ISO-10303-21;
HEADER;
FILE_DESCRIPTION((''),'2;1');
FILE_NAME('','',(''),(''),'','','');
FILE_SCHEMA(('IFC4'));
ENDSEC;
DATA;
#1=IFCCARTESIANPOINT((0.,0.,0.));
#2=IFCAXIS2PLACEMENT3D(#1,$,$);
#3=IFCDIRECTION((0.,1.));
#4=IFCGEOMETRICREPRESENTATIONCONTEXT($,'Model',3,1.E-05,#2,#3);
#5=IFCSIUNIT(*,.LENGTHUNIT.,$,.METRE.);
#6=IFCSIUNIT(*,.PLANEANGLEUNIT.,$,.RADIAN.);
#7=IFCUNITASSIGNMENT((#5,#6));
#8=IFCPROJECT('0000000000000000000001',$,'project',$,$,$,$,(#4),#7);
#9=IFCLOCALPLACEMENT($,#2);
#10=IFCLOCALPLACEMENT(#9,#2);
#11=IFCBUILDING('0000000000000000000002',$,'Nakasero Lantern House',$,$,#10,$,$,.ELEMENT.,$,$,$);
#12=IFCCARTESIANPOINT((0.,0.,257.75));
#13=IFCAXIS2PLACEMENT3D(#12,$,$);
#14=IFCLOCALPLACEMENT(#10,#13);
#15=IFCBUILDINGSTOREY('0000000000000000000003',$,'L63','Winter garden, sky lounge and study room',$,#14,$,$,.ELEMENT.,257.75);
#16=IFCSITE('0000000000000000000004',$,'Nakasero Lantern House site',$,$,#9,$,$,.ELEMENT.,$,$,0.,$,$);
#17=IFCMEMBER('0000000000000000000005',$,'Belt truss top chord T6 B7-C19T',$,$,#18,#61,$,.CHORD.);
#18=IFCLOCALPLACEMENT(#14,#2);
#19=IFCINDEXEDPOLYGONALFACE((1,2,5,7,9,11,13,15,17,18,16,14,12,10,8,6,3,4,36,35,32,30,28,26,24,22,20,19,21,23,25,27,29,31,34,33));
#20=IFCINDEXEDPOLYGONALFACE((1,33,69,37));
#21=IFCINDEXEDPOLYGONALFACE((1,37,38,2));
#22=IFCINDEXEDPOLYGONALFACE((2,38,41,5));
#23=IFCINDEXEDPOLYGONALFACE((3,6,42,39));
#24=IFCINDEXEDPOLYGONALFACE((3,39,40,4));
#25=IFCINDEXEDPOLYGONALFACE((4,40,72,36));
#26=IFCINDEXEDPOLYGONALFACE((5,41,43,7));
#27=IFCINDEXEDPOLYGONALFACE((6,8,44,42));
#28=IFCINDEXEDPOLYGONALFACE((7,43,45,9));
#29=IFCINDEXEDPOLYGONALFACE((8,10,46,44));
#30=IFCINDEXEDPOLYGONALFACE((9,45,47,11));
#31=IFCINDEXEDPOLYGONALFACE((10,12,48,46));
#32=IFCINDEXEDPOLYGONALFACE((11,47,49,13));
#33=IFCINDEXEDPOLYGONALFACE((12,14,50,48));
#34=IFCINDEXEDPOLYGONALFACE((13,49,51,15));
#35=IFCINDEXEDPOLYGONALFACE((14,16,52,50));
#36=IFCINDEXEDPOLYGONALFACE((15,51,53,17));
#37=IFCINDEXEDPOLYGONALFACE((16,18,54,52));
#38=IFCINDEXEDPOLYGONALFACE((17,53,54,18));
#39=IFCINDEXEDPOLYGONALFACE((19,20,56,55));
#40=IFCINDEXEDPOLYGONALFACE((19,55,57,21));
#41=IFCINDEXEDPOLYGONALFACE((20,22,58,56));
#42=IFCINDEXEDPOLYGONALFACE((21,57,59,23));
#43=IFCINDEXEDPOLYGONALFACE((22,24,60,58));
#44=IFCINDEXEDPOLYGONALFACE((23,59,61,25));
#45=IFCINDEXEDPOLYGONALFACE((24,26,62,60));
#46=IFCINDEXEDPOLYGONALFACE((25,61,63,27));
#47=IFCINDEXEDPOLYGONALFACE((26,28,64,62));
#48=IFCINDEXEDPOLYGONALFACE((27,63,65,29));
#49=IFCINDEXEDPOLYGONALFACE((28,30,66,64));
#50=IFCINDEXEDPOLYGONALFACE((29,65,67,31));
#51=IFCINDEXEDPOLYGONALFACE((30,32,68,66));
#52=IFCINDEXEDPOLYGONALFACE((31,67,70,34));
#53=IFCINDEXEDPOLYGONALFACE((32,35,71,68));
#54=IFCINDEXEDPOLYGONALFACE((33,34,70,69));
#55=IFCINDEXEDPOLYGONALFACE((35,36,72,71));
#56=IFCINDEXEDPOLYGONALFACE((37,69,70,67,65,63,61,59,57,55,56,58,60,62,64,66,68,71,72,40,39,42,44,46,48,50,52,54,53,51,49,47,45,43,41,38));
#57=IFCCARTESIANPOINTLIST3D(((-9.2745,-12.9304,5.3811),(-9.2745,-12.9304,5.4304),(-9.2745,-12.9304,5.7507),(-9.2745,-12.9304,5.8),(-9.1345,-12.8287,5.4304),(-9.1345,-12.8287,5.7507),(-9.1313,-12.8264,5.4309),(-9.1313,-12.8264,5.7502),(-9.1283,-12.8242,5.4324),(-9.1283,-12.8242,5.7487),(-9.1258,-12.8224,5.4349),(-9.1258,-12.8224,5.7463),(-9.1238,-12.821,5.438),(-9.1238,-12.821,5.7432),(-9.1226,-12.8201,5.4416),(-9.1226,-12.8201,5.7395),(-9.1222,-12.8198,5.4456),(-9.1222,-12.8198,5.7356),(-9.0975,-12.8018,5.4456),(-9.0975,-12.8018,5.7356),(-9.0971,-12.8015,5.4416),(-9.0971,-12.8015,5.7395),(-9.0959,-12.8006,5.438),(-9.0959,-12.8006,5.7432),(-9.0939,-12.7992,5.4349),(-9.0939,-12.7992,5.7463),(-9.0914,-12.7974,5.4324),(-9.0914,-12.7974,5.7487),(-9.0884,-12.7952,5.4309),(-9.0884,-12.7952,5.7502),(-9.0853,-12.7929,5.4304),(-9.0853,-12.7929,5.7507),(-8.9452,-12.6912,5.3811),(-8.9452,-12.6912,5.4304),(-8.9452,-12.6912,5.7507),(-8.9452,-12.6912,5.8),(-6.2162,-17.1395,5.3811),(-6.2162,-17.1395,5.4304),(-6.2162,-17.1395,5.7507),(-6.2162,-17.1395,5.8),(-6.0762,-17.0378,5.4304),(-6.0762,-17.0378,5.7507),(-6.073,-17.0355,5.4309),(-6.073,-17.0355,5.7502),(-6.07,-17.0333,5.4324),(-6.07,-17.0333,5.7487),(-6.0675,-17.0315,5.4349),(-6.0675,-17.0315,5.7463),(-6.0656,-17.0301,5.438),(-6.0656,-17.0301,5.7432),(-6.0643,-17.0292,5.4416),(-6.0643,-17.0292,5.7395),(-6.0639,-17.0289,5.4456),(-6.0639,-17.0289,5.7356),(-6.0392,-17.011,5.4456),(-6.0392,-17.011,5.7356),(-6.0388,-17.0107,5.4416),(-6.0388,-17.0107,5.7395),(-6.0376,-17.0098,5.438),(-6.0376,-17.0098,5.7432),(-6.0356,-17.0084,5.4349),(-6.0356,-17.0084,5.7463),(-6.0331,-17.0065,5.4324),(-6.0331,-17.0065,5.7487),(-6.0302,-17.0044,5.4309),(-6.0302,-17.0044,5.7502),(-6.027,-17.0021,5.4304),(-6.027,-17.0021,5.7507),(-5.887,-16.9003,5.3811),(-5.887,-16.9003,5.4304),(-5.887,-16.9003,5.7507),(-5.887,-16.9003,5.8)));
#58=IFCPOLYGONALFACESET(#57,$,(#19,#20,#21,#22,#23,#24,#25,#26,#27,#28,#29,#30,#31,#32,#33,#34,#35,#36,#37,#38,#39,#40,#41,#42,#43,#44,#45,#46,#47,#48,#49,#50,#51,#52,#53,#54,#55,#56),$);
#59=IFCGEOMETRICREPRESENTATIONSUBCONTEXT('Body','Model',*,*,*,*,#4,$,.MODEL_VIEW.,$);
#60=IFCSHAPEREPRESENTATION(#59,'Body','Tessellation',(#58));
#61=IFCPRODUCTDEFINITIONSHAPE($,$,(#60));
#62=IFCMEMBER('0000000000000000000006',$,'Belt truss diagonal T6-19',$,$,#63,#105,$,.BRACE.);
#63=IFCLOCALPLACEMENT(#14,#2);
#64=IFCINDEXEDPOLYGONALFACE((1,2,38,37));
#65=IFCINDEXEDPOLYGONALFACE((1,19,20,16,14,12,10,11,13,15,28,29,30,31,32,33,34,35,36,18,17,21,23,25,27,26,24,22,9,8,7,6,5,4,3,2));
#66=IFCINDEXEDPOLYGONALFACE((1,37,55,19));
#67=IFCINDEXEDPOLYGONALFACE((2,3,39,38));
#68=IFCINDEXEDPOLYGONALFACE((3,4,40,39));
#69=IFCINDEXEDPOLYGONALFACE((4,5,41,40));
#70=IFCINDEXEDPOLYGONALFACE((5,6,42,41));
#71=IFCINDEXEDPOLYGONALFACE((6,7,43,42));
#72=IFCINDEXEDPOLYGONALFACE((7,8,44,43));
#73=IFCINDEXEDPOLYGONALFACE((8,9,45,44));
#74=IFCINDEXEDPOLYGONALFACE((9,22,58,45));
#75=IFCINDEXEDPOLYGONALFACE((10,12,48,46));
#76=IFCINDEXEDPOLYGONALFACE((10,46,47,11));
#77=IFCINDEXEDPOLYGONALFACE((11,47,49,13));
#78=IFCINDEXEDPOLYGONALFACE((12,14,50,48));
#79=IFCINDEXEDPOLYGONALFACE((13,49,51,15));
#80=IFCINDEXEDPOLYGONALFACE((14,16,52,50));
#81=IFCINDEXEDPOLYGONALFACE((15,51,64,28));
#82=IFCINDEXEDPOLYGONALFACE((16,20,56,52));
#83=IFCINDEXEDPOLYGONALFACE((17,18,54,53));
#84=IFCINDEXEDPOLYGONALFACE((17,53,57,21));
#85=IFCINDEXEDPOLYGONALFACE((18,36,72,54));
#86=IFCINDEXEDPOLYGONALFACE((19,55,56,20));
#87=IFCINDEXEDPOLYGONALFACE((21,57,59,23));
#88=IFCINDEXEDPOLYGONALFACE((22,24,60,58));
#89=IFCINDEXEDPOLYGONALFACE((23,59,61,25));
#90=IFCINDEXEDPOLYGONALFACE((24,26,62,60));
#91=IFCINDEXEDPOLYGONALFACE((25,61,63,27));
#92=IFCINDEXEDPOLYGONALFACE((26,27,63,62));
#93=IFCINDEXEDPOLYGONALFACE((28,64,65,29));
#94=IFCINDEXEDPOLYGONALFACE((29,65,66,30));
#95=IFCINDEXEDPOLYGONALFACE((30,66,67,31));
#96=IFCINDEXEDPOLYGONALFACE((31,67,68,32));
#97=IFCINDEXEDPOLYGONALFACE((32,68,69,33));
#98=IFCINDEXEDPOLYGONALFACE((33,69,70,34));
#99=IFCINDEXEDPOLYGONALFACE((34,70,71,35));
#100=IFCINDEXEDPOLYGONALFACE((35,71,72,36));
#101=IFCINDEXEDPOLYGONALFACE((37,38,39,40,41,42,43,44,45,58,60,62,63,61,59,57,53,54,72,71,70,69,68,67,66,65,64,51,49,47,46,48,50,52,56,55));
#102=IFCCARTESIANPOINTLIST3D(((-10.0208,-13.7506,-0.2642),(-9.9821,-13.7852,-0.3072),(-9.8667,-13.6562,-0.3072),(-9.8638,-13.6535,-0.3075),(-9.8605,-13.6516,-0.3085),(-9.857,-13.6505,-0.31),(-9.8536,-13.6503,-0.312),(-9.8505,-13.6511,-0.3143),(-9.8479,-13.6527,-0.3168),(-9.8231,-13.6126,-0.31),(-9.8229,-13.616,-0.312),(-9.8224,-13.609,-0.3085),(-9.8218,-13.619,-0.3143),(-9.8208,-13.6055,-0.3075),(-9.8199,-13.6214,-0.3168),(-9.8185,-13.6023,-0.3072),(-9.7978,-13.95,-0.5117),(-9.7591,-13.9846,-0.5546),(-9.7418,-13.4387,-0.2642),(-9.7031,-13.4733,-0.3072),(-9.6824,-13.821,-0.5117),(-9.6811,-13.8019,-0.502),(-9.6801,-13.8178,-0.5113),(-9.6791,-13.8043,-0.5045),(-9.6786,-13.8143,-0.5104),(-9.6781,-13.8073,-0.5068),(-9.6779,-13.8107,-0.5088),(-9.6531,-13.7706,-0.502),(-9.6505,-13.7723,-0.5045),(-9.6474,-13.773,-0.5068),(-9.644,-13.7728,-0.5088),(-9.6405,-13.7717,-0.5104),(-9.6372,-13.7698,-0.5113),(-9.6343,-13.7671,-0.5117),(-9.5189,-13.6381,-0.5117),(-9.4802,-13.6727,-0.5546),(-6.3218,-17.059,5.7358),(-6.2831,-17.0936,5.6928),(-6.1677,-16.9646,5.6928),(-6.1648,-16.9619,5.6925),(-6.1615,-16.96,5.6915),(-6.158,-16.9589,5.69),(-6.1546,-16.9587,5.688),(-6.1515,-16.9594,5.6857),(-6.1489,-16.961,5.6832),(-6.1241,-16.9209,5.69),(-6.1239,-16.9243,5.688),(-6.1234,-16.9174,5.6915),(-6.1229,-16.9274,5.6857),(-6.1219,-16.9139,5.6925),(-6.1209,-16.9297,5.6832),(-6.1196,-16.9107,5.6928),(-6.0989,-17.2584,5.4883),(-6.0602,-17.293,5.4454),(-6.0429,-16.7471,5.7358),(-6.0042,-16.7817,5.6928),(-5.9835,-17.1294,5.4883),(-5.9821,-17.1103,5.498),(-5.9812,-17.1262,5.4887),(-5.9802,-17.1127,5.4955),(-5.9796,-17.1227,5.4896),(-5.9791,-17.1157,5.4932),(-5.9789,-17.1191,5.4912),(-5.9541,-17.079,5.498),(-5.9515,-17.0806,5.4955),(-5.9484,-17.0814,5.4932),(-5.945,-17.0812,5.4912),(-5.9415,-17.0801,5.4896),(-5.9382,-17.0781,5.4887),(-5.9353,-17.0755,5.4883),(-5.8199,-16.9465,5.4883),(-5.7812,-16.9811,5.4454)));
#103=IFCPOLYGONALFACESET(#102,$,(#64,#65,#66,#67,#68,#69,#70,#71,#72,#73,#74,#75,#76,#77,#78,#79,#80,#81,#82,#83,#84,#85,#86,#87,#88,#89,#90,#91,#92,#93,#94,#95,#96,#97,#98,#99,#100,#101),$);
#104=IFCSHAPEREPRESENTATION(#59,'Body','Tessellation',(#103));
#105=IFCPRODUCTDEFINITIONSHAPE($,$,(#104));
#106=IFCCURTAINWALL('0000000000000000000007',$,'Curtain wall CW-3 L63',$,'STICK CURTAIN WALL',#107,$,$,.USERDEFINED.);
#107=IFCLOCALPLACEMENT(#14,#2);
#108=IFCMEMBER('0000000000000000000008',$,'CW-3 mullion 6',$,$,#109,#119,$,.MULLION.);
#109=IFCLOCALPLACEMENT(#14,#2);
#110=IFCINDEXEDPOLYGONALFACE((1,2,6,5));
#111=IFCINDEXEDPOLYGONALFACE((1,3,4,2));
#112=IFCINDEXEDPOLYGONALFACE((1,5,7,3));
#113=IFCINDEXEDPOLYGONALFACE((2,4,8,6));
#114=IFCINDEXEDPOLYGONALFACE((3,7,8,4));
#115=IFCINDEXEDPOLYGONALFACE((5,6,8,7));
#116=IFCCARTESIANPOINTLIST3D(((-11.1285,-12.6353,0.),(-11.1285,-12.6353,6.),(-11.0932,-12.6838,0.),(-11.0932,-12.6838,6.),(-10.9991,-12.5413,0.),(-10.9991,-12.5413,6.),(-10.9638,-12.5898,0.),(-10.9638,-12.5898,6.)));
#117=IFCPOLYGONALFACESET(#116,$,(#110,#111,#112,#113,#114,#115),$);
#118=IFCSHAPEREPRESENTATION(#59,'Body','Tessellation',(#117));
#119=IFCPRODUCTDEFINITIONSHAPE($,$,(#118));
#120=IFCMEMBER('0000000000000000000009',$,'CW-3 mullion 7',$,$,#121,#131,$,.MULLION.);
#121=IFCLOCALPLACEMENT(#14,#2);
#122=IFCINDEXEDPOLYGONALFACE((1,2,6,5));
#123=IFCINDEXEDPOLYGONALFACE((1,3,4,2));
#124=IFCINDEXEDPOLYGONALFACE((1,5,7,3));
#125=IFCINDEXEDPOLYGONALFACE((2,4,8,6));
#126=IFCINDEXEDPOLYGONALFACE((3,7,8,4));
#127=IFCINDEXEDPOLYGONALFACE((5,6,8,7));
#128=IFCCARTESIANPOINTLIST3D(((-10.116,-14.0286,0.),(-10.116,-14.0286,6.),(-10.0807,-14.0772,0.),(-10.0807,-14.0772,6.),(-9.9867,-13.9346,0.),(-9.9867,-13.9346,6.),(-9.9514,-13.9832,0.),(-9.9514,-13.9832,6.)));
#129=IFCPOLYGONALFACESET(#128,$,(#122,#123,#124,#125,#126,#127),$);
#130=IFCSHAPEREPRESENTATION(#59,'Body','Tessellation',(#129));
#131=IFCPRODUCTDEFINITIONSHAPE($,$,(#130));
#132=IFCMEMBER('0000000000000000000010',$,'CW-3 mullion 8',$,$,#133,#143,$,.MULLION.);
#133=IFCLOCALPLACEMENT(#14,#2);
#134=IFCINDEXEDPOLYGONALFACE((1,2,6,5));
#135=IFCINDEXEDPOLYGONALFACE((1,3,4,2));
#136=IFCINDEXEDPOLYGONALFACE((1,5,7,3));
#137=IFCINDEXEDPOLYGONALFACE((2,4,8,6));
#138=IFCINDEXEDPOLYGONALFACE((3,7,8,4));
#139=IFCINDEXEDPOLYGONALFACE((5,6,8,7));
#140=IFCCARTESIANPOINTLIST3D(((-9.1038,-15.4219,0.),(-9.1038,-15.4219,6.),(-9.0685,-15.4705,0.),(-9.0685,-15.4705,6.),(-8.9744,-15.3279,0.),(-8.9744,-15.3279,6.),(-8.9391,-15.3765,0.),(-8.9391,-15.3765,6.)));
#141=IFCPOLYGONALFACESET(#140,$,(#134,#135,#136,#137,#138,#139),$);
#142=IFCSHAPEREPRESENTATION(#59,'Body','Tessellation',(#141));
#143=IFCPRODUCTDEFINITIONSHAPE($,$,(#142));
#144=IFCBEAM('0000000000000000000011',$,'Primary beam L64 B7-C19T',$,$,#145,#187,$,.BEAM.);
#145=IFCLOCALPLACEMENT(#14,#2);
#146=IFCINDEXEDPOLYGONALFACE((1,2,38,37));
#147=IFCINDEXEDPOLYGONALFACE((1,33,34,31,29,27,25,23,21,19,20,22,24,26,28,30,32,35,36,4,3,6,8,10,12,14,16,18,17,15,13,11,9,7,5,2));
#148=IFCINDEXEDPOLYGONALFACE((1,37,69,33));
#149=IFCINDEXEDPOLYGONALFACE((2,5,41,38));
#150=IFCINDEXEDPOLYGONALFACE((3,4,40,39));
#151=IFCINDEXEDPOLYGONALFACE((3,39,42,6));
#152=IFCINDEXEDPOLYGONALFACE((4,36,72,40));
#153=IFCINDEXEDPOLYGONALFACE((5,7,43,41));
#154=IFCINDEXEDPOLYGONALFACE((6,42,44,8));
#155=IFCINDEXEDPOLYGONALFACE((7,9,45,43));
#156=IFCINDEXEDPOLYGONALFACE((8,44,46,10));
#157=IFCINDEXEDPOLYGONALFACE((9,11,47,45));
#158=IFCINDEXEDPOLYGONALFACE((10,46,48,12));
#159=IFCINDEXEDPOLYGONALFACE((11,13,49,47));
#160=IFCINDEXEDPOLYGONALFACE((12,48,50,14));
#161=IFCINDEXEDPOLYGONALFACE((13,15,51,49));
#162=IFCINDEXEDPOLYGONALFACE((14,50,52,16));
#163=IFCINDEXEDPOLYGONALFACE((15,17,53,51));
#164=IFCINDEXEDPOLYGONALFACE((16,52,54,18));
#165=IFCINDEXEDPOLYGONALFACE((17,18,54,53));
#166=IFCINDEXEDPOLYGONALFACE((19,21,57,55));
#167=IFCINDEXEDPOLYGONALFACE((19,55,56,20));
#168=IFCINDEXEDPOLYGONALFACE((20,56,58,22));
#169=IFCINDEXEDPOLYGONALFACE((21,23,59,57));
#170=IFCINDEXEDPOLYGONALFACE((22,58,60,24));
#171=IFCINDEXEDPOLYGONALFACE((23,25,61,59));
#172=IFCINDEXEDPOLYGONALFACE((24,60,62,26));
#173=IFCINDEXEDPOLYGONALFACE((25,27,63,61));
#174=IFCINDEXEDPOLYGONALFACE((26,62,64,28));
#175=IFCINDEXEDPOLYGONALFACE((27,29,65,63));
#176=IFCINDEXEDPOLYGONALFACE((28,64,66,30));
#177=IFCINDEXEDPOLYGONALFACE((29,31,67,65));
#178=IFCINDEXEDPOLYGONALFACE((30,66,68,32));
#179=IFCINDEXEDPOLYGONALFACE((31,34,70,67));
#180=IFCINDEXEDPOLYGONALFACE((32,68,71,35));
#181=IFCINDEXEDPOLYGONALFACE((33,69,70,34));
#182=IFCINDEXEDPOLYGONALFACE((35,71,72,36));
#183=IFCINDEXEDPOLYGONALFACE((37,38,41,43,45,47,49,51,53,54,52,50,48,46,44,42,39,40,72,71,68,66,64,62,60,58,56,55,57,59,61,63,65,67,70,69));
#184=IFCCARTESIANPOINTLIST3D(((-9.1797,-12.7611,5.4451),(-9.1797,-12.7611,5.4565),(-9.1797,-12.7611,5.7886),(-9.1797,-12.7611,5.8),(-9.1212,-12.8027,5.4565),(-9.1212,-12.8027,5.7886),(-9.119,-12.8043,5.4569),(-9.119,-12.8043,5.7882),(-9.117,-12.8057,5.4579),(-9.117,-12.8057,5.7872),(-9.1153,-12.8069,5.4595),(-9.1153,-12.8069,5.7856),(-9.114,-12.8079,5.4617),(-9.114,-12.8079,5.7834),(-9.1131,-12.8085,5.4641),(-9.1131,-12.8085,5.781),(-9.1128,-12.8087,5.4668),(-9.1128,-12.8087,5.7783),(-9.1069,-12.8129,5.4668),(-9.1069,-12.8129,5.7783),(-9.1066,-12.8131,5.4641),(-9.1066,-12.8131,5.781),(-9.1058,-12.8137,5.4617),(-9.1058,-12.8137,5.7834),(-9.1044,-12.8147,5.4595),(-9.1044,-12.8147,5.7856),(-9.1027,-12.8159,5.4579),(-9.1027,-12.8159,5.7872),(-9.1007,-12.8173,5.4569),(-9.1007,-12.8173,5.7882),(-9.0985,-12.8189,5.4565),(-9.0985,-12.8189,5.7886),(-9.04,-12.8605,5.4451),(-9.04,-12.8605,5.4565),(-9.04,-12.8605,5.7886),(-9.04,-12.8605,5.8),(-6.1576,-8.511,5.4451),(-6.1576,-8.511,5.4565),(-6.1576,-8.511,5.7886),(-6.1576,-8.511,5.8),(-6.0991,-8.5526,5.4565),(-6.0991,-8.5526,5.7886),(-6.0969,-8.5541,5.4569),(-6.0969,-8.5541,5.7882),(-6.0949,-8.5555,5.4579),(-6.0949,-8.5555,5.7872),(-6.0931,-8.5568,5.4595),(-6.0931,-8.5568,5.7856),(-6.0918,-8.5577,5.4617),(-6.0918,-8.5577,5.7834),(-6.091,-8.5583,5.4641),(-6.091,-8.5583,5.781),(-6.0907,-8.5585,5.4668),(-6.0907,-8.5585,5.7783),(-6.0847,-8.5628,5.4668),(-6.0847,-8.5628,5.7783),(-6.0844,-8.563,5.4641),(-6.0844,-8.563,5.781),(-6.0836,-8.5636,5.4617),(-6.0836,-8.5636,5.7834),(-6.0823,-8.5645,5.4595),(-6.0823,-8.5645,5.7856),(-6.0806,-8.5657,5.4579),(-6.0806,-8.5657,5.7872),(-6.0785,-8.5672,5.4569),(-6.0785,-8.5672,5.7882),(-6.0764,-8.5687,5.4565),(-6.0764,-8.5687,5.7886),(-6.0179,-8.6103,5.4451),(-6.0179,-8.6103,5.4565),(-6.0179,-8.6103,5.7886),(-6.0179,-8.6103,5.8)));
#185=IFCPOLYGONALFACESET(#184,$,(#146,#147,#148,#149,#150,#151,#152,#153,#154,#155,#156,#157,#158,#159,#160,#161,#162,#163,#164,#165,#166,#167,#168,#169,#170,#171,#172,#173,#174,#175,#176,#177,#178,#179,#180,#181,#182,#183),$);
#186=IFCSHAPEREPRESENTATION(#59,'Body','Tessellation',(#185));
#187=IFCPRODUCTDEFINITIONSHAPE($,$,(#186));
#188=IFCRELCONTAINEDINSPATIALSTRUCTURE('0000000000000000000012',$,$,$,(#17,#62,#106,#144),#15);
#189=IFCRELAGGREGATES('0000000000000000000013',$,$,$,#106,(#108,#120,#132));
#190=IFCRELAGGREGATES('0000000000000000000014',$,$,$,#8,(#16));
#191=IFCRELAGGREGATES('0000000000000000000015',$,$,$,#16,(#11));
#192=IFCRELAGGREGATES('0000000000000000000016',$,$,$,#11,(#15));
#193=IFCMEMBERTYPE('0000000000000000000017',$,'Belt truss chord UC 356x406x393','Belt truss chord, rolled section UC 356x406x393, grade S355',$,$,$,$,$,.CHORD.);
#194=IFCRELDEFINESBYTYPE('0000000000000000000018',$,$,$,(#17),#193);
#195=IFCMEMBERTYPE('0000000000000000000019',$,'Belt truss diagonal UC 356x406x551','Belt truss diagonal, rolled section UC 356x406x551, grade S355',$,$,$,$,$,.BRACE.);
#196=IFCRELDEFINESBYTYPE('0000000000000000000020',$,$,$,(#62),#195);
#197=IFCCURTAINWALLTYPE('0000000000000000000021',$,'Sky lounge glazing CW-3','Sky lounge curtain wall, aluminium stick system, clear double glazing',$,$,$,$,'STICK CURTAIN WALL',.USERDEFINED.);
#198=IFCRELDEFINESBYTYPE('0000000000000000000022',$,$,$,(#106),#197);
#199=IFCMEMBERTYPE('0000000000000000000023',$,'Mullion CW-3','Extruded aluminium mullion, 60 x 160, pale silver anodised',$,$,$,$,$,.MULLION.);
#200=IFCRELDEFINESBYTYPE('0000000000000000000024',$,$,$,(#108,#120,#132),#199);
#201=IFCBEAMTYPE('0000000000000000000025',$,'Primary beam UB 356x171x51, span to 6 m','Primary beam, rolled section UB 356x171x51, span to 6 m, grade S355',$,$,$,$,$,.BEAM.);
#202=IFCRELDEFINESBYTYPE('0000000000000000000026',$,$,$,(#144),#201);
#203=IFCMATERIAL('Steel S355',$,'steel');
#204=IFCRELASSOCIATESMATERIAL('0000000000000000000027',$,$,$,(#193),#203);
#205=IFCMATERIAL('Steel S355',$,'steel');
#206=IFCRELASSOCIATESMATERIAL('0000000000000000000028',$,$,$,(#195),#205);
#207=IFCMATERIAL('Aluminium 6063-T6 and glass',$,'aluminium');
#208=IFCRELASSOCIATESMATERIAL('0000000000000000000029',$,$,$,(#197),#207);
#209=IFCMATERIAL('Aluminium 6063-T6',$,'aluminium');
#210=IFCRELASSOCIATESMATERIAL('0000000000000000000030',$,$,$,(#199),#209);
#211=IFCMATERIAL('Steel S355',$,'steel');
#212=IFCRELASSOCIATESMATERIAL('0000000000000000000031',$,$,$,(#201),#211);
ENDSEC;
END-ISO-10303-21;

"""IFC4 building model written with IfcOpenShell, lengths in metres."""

from ifc_helpers import new_model, si_unit, direction, frame, origin, origin_2d, place, context, subcontext, project, spatial, rectangle, i_section, extrude, material, material_profile, profile_set, type_object, element, aggregate, save


model = new_model("IFC4")

# Units and contexts
model_context = context("Model", 3, precision=1e-05, world=origin(), true_north=direction((0.0, 1.0)))
body_context = subcontext(model_context, "Body", "Model", "MODEL_VIEW")
ifc_project = project(units=[si_unit("LENGTHUNIT", "METRE"), si_unit("PLANEANGLEUNIT", "RADIAN")], contexts=[model_context])

# Site, building, storey
site_placement = place(None, origin())
site = spatial("IfcSite", under=ifc_project, at=site_placement, Name="Nakasero Lantern House site", CompositionType="ELEMENT", RefElevation=0.0)
building_placement = place(site_placement, origin())
building = spatial("IfcBuilding", under=site, at=building_placement, Name="Nakasero Lantern House", CompositionType="ELEMENT")
storey_placement = place(building_placement, frame((0.0, 0.0, 257.75)))
storey = spatial("IfcBuildingStorey", under=building, at=storey_placement, Name="L63", Description="Winter garden, sky lounge and study room", CompositionType="ELEMENT", Elevation=257.75)

# Members
ifc_material_1 = material(Name="Steel S355", Category="steel")
ifc_material_profile_1 = material_profile(ifc_material_1, i_section(OverallWidth=0.407, OverallDepth=0.4189, WebThickness=0.0305, FlangeThickness=0.0493, FilletRadius=0.0151, at=origin_2d()), Name="UC 356x406x393")
ifc_profile_set_1 = profile_set([ifc_material_profile_1], Name="Steel S355")
member_type_1 = type_object("IfcMemberType", Name="Belt truss chord UC 356x406x393", Description="Belt truss chord, rolled section UC 356x406x393, grade S355", PredefinedType="CHORD", material=ifc_profile_set_1)
member_1_placement = place(storey_placement, frame((-9.1099, -12.8108, 5.5906), z_axis=(0.587806, -0.809002, 0.0), x_axis=(0.809002, 0.587806, 0.0)))
element("IfcMember", 1, at=member_1_placement, inside=storey, type_object=member_type_1, Name="Belt truss top chord T6 B7-C19T", PredefinedType="CHORD", context=body_context, shape_type="SweptSolid", body=[
    extrude(i_section(OverallWidth=0.407, OverallDepth=0.4189, WebThickness=0.0305, FlangeThickness=0.0493, FilletRadius=0.0151, at=origin_2d()), origin(), (0.0, 0.0, 1.0), 5.2029),
])
ifc_material_2 = material(Name="Steel S355", Category="steel")
ifc_material_profile_2 = material_profile(ifc_material_2, i_section(OverallWidth=0.4185, OverallDepth=0.4556, WebThickness=0.042, FlangeThickness=0.0674, FilletRadius=0.0151, at=origin_2d()), Name="UC 356x406x551")
ifc_profile_set_2 = profile_set([ifc_material_profile_2], Name="Steel S355")
member_type_2 = type_object("IfcMemberType", Name="Belt truss diagonal UC 356x406x551", Description="Belt truss diagonal, rolled section UC 356x406x551, grade S355", PredefinedType="BRACE", material=ifc_profile_set_2)
member_2_placement = place(storey_placement, frame((-9.7505, -13.7117, -0.4094), z_axis=(0.475058, -0.42489, 0.770577), x_axis=(0.666654, 0.745367, 0.0)))
element("IfcMember", 2, at=member_2_placement, inside=storey, type_object=member_type_2, Name="Belt truss diagonal T6-19", PredefinedType="BRACE", context=body_context, shape_type="SweptSolid", body=[
    extrude(i_section(OverallWidth=0.4185, OverallDepth=0.4556, WebThickness=0.042, FlangeThickness=0.0674, FilletRadius=0.0151, at=origin_2d()), origin(), (0.0, 0.0, 1.0), 7.7864),
])

# Curtain wall, members
ifc_material_3 = material(Name="Aluminium 6063-T6 and glass", Category="aluminium")
curtain_wall_type = type_object("IfcCurtainWallType", Name="Sky lounge glazing CW-3", Description="Sky lounge curtain wall, aluminium stick system, clear double glazing", ElementType="STICK CURTAIN WALL", PredefinedType="USERDEFINED", material=ifc_material_3)
curtain_wall_placement = place(storey_placement, origin())
curtain_wall = element("IfcCurtainWall", 3, at=curtain_wall_placement, inside=storey, type_object=curtain_wall_type, Name="Curtain wall CW-3 L63", ObjectType="STICK CURTAIN WALL", PredefinedType="USERDEFINED")
ifc_material_4 = material(Name="Aluminium 6063-T6", Category="aluminium")
ifc_material_profile_3 = material_profile(ifc_material_4, rectangle(XDim=0.0601, YDim=0.1599, at=origin_2d()), Name="CW-3 mullion 60x160")
ifc_profile_set_3 = profile_set([ifc_material_profile_3], Name="Aluminium 6063-T6")
member_type_3 = type_object("IfcMemberType", Name="Mullion CW-3", Description="Extruded aluminium mullion, 60 x 160, pale silver anodised", PredefinedType="MULLION", material=ifc_profile_set_3)
member_3_placement = place(storey_placement, frame((-11.0461, -12.6125, 0.0), z_axis=(0.0, 0.0, 1.0), x_axis=(0.587785, -0.809017, 0.0)))
member_3 = element("IfcMember", 4, at=member_3_placement, type_object=member_type_3, Name="CW-3 mullion 6", PredefinedType="MULLION", context=body_context, shape_type="SweptSolid", body=[
    extrude(rectangle(XDim=0.0601, YDim=0.1599, at=origin_2d()), origin(), (0.0, 0.0, 1.0), 6.0),
])
member_4_placement = place(storey_placement, frame((-10.0337, -14.0059, 0.0), z_axis=(0.0, 0.0, 1.0), x_axis=(0.587785, -0.809017, 0.0)))
member_4 = element("IfcMember", 5, at=member_4_placement, type_object=member_type_3, Name="CW-3 mullion 7", PredefinedType="MULLION", context=body_context, shape_type="SweptSolid", body=[
    extrude(rectangle(XDim=0.0601, YDim=0.1599, at=origin_2d()), origin(), (0.0, 0.0, 1.0), 6.0),
])
member_5_placement = place(storey_placement, frame((-9.0215, -15.3992, 0.0), z_axis=(0.0, 0.0, 1.0), x_axis=(0.587785, -0.809017, 0.0)))
member_5 = element("IfcMember", 6, at=member_5_placement, type_object=member_type_3, Name="CW-3 mullion 8", PredefinedType="MULLION", context=body_context, shape_type="SweptSolid", body=[
    extrude(rectangle(XDim=0.0601, YDim=0.1599, at=origin_2d()), origin(), (0.0, 0.0, 1.0), 6.0),
])

# Beam
ifc_material_5 = material(Name="Steel S355", Category="steel")
ifc_material_profile_4 = material_profile(ifc_material_5, i_section(OverallWidth=0.1714, OverallDepth=0.355, WebThickness=0.0073, FlangeThickness=0.0115, FilletRadius=0.0103, at=origin_2d()), Name="UB 356x171x51")
ifc_profile_set_4 = profile_set([ifc_material_profile_4], Name="Steel S355")
beam_type = type_object("IfcBeamType", Name="Primary beam UB 356x171x51, span to 6 m", Description="Primary beam, rolled section UB 356x171x51, span to 6 m, grade S355", PredefinedType="BEAM", material=ifc_profile_set_4)
beam_placement = place(storey_placement, frame((-9.1099, -12.8108, 5.6226), z_axis=(0.579501, 0.814972, 0.0), x_axis=(-0.814972, 0.579501, 0.0)))
element("IfcBeam", 7, at=beam_placement, inside=storey, type_object=beam_type, Name="Primary beam L64 B7-C19T", PredefinedType="BEAM", context=body_context, shape_type="SweptSolid", body=[
    extrude(i_section(OverallWidth=0.1714, OverallDepth=0.355, WebThickness=0.0073, FlangeThickness=0.0115, FilletRadius=0.0103, at=origin_2d()), origin(), (0.0, 0.0, 1.0), 5.2151),
])

aggregate(curtain_wall, [member_3, member_4, member_5])

save(model, "model.ifc")
